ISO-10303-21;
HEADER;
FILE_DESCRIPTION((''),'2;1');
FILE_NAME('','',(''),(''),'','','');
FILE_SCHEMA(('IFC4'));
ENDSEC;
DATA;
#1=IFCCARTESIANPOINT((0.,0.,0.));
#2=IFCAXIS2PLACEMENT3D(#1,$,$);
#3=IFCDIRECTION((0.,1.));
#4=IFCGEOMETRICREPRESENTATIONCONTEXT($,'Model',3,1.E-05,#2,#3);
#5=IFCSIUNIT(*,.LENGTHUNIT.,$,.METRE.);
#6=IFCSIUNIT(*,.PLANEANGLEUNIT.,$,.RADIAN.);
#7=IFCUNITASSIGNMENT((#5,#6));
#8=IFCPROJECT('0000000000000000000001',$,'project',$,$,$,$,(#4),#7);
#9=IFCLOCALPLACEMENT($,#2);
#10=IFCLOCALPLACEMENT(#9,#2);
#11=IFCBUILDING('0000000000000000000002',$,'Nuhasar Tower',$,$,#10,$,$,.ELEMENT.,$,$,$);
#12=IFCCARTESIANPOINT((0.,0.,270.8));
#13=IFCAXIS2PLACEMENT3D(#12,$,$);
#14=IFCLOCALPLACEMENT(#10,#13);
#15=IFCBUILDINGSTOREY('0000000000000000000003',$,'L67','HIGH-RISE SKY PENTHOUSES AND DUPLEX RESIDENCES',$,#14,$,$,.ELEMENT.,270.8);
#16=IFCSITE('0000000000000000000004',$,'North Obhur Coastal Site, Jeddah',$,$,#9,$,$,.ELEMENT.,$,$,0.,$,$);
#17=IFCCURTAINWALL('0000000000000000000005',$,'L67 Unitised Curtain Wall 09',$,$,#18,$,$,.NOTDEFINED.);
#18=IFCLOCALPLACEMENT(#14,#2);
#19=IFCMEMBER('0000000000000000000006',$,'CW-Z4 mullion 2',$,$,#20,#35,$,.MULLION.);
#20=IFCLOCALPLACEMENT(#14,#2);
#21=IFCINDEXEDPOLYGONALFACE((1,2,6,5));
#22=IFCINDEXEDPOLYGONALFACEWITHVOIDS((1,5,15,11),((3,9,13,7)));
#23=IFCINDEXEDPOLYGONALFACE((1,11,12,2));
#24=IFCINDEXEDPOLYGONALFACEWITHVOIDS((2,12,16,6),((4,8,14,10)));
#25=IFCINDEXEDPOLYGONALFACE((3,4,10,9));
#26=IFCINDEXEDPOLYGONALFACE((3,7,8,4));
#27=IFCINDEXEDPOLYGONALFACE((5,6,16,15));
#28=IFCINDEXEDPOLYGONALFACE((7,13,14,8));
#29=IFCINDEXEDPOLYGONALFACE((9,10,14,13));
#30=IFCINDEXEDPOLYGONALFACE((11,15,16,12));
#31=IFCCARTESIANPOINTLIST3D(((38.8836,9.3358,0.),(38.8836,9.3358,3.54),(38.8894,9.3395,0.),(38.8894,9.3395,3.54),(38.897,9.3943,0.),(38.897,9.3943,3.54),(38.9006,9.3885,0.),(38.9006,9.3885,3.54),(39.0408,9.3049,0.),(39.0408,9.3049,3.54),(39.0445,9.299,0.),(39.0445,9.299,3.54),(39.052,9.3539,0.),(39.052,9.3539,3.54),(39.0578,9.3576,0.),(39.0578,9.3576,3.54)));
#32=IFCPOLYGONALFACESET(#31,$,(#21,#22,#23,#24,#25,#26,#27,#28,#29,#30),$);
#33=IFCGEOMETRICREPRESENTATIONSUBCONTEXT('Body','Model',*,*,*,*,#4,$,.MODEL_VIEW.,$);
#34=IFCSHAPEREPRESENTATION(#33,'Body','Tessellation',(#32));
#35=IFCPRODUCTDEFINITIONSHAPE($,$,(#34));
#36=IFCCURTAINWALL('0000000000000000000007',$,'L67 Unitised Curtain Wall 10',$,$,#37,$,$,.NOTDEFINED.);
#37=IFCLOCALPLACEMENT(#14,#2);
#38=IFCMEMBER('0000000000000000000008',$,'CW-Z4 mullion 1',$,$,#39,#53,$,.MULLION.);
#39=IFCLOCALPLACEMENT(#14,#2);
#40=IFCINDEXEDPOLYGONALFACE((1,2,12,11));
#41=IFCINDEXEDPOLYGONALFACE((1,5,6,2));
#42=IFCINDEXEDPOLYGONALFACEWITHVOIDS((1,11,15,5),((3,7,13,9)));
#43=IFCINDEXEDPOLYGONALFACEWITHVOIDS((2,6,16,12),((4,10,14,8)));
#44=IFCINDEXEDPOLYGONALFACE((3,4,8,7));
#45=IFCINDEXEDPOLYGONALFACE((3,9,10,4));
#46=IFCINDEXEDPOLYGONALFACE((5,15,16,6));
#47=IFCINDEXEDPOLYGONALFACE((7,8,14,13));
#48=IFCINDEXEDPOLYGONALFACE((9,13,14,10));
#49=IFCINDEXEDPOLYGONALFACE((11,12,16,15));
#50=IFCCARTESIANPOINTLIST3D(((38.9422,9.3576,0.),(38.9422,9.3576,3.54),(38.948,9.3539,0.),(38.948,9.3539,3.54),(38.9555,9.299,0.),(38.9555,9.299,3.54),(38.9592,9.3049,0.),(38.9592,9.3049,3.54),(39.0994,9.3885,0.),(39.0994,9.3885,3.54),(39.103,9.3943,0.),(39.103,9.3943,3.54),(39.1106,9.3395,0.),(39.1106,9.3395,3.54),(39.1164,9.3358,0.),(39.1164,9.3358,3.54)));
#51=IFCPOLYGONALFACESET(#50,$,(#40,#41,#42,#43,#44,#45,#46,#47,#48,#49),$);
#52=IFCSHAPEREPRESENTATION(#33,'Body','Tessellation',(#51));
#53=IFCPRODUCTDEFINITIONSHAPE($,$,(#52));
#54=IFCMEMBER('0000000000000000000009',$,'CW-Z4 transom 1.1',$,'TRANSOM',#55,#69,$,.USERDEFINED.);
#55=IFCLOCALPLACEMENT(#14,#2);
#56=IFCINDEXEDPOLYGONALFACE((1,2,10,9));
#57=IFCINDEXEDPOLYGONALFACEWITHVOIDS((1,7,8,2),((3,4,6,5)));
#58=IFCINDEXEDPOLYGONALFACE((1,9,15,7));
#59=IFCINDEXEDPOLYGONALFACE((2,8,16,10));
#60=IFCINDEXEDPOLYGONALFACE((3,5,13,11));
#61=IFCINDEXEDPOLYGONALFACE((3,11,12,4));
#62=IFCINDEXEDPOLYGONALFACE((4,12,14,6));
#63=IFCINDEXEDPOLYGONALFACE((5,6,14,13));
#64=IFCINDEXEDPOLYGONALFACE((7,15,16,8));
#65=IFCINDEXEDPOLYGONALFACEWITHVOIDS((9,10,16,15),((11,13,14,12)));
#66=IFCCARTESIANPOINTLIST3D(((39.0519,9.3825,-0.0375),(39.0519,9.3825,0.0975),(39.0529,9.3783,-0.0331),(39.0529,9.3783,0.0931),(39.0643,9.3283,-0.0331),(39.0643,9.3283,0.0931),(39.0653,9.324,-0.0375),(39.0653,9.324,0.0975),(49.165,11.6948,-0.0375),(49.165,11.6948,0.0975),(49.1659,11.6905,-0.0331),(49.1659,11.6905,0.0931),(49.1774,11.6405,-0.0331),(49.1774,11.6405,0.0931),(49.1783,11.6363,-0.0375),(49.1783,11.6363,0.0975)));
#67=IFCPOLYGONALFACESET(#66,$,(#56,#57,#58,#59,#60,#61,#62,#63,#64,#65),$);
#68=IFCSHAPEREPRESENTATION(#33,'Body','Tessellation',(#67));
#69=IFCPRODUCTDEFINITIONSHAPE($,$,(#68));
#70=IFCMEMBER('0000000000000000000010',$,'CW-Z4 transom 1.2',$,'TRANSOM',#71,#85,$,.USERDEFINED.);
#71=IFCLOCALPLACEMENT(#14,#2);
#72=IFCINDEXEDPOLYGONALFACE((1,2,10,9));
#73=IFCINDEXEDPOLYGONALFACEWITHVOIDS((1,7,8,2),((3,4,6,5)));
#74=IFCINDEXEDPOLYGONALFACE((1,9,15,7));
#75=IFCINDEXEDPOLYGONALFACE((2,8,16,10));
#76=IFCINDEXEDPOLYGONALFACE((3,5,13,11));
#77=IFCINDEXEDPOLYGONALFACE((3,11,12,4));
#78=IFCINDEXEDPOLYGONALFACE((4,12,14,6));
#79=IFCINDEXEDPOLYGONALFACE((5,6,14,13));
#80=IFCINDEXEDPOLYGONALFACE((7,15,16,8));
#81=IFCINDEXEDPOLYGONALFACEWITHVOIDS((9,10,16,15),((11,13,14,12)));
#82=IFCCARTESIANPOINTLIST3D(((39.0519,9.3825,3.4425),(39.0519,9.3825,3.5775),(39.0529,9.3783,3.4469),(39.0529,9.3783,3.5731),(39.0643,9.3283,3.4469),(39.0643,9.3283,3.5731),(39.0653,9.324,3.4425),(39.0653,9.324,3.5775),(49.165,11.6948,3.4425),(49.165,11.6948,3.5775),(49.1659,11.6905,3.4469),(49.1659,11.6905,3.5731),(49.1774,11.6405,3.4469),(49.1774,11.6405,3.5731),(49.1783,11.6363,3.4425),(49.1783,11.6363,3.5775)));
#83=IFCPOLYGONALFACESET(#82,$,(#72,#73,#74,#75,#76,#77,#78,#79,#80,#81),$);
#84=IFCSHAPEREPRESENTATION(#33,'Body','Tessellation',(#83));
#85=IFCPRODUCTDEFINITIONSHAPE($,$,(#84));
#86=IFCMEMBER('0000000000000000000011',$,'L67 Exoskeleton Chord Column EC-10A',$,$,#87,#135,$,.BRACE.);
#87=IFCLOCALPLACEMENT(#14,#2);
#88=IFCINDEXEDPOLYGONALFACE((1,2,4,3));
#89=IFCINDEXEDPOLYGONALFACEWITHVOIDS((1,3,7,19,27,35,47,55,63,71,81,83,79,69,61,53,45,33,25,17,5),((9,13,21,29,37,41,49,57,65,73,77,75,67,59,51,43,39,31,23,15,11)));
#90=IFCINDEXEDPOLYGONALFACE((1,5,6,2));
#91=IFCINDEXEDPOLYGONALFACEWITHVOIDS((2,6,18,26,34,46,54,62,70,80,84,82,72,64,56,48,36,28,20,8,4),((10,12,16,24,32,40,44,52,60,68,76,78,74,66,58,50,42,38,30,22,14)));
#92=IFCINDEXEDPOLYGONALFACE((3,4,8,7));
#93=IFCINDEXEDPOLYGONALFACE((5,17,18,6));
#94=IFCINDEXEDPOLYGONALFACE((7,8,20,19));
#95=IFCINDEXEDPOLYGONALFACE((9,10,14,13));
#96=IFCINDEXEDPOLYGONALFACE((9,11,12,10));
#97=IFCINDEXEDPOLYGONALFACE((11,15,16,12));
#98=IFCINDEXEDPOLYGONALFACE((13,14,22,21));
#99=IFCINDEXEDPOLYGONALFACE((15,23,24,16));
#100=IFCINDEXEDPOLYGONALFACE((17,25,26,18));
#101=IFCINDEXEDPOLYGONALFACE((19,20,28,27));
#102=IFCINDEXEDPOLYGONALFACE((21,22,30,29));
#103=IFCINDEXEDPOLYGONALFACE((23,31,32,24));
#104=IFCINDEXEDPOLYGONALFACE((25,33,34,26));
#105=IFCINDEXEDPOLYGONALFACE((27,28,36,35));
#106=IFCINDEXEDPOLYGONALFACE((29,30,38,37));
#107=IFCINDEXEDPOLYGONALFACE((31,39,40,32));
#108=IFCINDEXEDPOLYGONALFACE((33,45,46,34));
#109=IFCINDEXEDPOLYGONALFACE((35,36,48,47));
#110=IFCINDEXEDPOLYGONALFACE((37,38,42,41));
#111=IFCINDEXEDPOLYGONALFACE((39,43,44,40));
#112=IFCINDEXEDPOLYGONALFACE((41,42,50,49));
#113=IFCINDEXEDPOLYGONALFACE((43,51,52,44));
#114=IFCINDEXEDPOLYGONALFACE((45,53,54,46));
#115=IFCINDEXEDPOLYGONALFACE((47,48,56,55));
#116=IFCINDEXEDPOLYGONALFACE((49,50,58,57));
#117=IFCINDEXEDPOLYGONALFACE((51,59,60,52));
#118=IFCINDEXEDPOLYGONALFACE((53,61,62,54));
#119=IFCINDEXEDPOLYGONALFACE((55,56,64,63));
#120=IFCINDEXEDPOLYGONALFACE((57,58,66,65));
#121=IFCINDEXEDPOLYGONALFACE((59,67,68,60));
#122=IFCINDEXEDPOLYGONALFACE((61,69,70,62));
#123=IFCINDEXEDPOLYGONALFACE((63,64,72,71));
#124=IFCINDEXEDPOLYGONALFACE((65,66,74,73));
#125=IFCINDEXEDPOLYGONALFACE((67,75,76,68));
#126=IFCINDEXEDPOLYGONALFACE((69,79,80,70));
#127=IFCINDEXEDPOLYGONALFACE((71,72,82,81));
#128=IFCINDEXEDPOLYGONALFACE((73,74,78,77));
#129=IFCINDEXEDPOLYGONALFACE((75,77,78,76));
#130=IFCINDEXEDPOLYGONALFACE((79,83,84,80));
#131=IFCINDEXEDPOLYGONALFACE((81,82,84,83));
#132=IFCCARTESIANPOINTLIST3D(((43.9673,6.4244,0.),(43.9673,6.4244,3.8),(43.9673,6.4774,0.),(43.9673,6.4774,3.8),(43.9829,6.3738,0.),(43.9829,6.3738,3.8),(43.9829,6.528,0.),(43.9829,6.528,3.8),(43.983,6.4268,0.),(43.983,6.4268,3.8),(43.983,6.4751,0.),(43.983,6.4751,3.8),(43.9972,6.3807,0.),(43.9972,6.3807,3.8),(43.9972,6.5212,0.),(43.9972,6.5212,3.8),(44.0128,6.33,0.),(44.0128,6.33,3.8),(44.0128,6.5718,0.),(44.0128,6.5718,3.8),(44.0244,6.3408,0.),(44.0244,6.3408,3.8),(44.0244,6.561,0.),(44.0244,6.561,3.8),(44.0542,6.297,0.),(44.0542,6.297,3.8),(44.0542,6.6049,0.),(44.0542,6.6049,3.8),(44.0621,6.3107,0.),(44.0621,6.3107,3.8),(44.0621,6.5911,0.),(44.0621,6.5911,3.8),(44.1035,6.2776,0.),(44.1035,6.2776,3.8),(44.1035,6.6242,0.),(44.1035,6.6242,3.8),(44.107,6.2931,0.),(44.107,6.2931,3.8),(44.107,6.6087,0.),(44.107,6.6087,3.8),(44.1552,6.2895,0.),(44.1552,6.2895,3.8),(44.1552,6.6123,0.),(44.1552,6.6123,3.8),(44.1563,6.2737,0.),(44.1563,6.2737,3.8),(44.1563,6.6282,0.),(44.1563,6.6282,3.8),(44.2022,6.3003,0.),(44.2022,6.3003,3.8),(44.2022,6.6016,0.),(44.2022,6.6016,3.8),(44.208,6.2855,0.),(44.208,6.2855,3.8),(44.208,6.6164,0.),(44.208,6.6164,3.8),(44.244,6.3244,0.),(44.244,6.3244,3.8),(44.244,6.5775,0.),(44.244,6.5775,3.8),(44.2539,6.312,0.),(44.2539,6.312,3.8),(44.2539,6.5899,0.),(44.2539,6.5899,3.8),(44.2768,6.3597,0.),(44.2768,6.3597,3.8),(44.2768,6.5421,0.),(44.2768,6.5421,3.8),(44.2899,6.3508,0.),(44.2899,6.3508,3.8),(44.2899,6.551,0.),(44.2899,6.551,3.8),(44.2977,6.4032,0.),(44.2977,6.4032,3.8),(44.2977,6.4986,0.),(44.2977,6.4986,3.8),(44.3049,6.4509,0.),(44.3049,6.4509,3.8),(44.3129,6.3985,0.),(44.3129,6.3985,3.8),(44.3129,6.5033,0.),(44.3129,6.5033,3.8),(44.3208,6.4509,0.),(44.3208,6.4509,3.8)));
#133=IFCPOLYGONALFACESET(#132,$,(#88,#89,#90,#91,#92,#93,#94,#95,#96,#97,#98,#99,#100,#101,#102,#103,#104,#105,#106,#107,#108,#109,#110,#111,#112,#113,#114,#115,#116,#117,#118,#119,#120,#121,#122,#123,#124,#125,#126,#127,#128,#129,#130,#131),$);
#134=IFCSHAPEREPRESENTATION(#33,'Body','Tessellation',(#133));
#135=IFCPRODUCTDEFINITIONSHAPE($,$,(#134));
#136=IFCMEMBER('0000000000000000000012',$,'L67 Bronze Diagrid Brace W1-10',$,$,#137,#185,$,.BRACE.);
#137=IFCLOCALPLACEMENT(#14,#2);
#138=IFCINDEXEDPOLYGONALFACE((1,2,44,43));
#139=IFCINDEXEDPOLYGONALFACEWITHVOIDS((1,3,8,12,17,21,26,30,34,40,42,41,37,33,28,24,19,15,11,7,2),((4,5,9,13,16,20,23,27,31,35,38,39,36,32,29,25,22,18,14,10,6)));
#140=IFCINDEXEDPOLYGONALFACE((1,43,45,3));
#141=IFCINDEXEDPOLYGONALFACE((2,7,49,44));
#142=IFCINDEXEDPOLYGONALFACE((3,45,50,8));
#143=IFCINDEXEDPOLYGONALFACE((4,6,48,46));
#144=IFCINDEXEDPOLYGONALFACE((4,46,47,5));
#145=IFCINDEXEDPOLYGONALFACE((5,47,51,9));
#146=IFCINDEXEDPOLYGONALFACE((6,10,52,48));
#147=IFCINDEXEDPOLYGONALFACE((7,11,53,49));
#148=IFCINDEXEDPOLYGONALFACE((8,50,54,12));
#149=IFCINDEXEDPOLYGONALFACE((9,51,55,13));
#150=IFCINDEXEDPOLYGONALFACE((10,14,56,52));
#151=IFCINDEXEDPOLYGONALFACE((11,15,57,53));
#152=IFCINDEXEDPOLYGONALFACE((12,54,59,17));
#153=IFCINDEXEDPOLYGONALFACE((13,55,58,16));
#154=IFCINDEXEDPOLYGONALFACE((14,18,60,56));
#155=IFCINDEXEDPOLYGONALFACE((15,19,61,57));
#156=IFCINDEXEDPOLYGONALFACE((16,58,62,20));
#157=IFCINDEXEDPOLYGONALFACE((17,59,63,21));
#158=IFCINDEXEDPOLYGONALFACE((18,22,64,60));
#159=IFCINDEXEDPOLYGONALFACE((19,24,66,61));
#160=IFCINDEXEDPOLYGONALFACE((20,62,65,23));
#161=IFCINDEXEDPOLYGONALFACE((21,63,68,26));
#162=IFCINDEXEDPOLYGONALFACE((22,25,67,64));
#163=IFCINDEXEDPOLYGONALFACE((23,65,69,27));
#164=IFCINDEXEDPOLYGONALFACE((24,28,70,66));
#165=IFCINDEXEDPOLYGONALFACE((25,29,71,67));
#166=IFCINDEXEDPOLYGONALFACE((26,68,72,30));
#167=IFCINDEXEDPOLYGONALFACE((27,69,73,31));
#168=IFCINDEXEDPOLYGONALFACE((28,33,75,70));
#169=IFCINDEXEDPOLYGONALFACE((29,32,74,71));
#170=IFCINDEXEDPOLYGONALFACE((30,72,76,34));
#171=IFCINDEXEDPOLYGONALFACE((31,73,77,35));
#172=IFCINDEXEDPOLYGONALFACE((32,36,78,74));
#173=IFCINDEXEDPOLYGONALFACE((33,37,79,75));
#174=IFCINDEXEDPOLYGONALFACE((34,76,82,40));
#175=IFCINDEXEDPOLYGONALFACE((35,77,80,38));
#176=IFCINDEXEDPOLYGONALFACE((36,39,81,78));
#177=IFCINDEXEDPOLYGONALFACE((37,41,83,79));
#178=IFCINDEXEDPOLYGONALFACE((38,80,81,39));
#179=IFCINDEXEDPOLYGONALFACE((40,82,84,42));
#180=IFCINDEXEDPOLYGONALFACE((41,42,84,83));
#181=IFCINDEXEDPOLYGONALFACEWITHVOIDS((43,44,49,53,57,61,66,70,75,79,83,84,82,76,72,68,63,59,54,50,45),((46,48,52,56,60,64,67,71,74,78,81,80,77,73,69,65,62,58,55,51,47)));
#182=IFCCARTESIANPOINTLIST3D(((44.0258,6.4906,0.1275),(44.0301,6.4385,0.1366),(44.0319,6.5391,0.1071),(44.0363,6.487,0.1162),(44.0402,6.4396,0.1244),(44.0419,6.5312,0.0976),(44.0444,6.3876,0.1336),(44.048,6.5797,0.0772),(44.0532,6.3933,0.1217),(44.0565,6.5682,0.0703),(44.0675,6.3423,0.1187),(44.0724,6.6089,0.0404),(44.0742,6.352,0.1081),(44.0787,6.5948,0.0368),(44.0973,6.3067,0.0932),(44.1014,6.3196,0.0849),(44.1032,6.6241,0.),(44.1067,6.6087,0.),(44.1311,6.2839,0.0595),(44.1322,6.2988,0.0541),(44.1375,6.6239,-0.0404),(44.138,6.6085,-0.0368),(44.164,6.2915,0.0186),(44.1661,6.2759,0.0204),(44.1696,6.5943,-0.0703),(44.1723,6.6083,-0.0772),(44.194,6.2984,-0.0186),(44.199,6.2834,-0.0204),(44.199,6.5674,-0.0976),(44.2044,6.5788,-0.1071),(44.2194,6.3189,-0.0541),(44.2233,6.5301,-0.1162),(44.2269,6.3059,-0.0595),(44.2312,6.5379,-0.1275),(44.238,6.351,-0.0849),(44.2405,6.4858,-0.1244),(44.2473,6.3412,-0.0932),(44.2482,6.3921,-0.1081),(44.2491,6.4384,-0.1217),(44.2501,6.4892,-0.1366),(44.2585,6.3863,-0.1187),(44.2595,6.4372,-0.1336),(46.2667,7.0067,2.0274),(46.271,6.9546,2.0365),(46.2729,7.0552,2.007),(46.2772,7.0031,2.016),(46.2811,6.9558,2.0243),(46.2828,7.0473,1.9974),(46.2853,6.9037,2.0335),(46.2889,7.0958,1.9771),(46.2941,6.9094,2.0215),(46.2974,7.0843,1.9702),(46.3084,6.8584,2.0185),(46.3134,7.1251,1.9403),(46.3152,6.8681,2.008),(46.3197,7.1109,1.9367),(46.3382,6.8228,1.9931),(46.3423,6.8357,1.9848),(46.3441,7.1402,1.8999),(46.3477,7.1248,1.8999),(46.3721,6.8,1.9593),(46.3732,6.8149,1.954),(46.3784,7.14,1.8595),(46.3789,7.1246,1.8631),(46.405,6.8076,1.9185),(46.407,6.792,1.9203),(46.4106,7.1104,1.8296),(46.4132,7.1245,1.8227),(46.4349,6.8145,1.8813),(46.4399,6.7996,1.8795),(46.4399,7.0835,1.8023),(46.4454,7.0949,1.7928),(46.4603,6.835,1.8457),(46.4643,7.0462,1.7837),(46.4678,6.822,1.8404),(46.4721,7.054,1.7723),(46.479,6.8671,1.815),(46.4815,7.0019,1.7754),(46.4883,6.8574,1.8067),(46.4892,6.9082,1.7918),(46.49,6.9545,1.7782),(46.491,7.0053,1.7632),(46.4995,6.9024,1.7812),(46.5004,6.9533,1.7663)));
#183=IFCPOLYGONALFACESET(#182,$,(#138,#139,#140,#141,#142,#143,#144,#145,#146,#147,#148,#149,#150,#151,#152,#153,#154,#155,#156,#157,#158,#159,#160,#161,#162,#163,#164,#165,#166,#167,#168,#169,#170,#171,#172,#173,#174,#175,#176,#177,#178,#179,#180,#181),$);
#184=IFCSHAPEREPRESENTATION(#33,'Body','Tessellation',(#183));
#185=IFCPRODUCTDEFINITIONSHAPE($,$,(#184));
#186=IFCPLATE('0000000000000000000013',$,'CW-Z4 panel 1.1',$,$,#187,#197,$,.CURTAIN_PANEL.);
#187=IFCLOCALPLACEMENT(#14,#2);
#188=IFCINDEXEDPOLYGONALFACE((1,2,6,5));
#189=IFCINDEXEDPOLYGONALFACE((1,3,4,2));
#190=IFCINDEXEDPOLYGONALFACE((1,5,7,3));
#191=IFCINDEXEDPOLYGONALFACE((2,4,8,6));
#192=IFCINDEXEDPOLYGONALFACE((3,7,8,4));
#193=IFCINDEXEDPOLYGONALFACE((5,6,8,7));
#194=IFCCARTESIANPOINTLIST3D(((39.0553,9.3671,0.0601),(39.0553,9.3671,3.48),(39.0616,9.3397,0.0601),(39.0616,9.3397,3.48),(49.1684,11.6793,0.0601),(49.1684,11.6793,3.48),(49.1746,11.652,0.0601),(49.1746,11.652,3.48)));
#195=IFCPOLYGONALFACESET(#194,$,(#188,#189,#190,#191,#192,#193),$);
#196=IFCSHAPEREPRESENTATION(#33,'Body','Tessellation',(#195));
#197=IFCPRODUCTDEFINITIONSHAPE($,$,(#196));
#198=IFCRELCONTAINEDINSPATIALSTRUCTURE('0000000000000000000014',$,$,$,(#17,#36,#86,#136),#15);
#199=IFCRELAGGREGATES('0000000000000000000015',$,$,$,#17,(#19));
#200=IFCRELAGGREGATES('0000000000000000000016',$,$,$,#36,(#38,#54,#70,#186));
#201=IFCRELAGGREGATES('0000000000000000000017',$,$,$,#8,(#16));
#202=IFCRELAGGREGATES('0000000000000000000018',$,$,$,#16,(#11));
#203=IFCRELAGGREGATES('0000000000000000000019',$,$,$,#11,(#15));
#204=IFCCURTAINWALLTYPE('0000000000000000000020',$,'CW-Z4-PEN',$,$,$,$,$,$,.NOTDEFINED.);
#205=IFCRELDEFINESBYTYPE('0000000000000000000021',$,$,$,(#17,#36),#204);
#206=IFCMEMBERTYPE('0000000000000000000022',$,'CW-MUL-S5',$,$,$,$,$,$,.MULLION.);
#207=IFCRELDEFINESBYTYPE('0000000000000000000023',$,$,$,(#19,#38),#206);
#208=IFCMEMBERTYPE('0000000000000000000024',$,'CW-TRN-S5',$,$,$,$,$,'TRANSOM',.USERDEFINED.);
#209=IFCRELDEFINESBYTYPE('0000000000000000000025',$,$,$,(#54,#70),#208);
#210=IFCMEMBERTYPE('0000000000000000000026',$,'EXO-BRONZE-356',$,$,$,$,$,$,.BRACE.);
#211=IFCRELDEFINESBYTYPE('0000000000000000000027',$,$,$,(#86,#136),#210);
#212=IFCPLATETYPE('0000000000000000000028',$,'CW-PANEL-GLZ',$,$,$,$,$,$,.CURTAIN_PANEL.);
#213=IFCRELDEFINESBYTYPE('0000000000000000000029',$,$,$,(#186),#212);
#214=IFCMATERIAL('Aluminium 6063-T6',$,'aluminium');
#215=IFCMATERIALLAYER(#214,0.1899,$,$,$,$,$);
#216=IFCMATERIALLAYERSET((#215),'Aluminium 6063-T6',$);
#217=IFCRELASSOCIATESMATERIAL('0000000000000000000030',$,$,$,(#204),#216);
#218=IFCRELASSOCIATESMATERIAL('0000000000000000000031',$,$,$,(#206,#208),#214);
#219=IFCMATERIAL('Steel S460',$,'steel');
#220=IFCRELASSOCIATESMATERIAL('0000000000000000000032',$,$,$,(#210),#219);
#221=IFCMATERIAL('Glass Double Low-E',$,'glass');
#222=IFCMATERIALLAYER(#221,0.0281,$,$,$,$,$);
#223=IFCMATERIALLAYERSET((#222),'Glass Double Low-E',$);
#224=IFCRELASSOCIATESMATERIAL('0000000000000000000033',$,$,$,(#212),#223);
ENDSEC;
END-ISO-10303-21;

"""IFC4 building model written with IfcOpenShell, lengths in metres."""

from ifc_helpers import new_model, si_unit, direction, frame, origin, origin_2d, place, context, subcontext, project, spatial, rectangle, hollow_rectangle, hollow_circle, extrude, material, layer, layer_set, material_profile, profile_set, type_object, element, aggregate, save


model = new_model("IFC4")

# Units and contexts
model_context = context("Model", 3, precision=1e-05, world=origin(), true_north=direction((0.0, 1.0)))
body_context = subcontext(model_context, "Body", "Model", "MODEL_VIEW")
ifc_project = project(units=[si_unit("LENGTHUNIT", "METRE"), si_unit("PLANEANGLEUNIT", "RADIAN")], contexts=[model_context])

# Site, building, storey
site_placement = place(None, origin())
site = spatial("IfcSite", under=ifc_project, at=site_placement, Name="North Obhur Coastal Site, Jeddah", CompositionType="ELEMENT", RefElevation=0.0)
building_placement = place(site_placement, origin())
building = spatial("IfcBuilding", under=site, at=building_placement, Name="Nuhasar Tower", CompositionType="ELEMENT")
storey_placement = place(building_placement, frame((0.0, 0.0, 270.8)))
storey = spatial("IfcBuildingStorey", under=building, at=storey_placement, Name="L67", Description="HIGH-RISE SKY PENTHOUSES AND DUPLEX RESIDENCES", CompositionType="ELEMENT", Elevation=270.8)

# Curtain wall, member
ifc_material_1 = material(Name="Aluminium 6063-T6", Category="aluminium")
ifc_layer_1 = layer(ifc_material_1, 0.1899)
ifc_layer_set_1 = layer_set([ifc_layer_1], Name="Aluminium 6063-T6")
curtain_wall_type = type_object("IfcCurtainWallType", Name="CW-Z4-PEN", PredefinedType="NOTDEFINED", material=ifc_layer_set_1)
curtain_wall_1_placement = place(storey_placement, origin())
curtain_wall_1 = element("IfcCurtainWall", 1, at=curtain_wall_1_placement, inside=storey, type_object=curtain_wall_type, Name="L67 Unitised Curtain Wall 09", PredefinedType="NOTDEFINED")
ifc_material_profile_1 = material_profile(ifc_material_1, hollow_rectangle(XDim=0.0601, YDim=0.165, WallThickness=0.0049, at=origin_2d()), Name="CWM-5")
ifc_profile_set_1 = profile_set([ifc_material_profile_1], Name="Aluminium 6063-T6")
member_type_1 = type_object("IfcMemberType", Name="CW-MUL-S5", PredefinedType="MULLION", material=ifc_profile_set_1)
member_1_placement = place(storey_placement, frame((38.9707, 9.3467, 0.0), z_axis=(0.0, 0.0, 1.0), x_axis=(0.222889, 0.974844, 0.0)))
member_1 = element("IfcMember", 2, at=member_1_placement, type_object=member_type_1, Name="CW-Z4 mullion 2", PredefinedType="MULLION", context=body_context, shape_type="SweptSolid", body=[
    extrude(hollow_rectangle(XDim=0.0601, YDim=0.165, WallThickness=0.0049, at=origin_2d()), origin(), (0.0, 0.0, 1.0), 3.54),
])
aggregate(curtain_wall_1, [member_1])

# Curtain wall, members
curtain_wall_2_placement = place(storey_placement, origin())
curtain_wall_2 = element("IfcCurtainWall", 3, at=curtain_wall_2_placement, inside=storey, type_object=curtain_wall_type, Name="L67 Unitised Curtain Wall 10", PredefinedType="NOTDEFINED")
member_2_placement = place(storey_placement, frame((39.0293, 9.3467, 0.0), z_axis=(0.0, 0.0, 1.0), x_axis=(-0.222889, 0.974844, 0.0)))
member_2 = element("IfcMember", 4, at=member_2_placement, type_object=member_type_1, Name="CW-Z4 mullion 1", PredefinedType="MULLION", context=body_context, shape_type="SweptSolid", body=[
    extrude(hollow_rectangle(XDim=0.0601, YDim=0.165, WallThickness=0.0049, at=origin_2d()), origin(), (0.0, 0.0, 1.0), 3.54),
])
ifc_material_profile_2 = material_profile(ifc_material_1, hollow_rectangle(XDim=0.0601, YDim=0.135, WallThickness=0.0044, at=origin_2d()), Name="CWT-5")
ifc_profile_set_2 = profile_set([ifc_material_profile_2], Name="Aluminium 6063-T6")
member_type_2 = type_object("IfcMemberType", Name="CW-TRN-S5", ElementType="TRANSOM", PredefinedType="USERDEFINED", material=ifc_profile_set_2)
member_3_placement = place(storey_placement, frame((39.0586, 9.3533, 0.03), z_axis=(0.974844, 0.222889, 0.0), x_axis=(-0.222889, 0.974844, 0.0)))
member_3 = element("IfcMember", 5, at=member_3_placement, type_object=member_type_2, Name="CW-Z4 transom 1.1", ObjectType="TRANSOM", PredefinedType="USERDEFINED", context=body_context, shape_type="SweptSolid", body=[
    extrude(hollow_rectangle(XDim=0.0601, YDim=0.135, WallThickness=0.0044, at=origin_2d()), origin(), (0.0, 0.0, 1.0), 10.374),
])
member_4_placement = place(storey_placement, frame((39.0586, 9.3533, 3.51), z_axis=(0.974844, 0.222889, 0.0), x_axis=(-0.222889, 0.974844, 0.0)))
member_4 = element("IfcMember", 6, at=member_4_placement, type_object=member_type_2, Name="CW-Z4 transom 1.2", ObjectType="TRANSOM", PredefinedType="USERDEFINED", context=body_context, shape_type="SweptSolid", body=[
    extrude(hollow_rectangle(XDim=0.0601, YDim=0.135, WallThickness=0.0044, at=origin_2d()), origin(), (0.0, 0.0, 1.0), 10.374),
])

# Members
ifc_material_2 = material(Name="Steel S460", Category="steel")
ifc_material_profile_3 = material_profile(ifc_material_2, hollow_circle(Radius=0.1777, WallThickness=0.0159, at=origin_2d()), Name="HSS355.6X15.9")
ifc_profile_set_3 = profile_set([ifc_material_profile_3], Name="Steel S460")
member_type_3 = type_object("IfcMemberType", Name="EXO-BRONZE-356", PredefinedType="BRACE", material=ifc_profile_set_3)
member_5_placement = place(storey_placement, frame((44.1431, 6.4509, 0.0), z_axis=(0.0, 0.0, 1.0), x_axis=(1.0, 0.0, 0.0)))
element("IfcMember", 7, at=member_5_placement, inside=storey, type_object=member_type_3, Name="L67 Exoskeleton Chord Column EC-10A", PredefinedType="BRACE", context=body_context, shape_type="SweptSolid", body=[
    extrude(hollow_circle(Radius=0.1777, WallThickness=0.0159, at=origin_2d()), origin(), (0.0, 0.0, 1.0), 3.8),
])
member_6_placement = place(storey_placement, frame((44.1431, 6.4509, 0.0), z_axis=(0.751261, 0.173022, 0.636923), x_axis=(-0.224433, 0.97449, 0.0)))
element("IfcMember", 8, at=member_6_placement, inside=storey, type_object=member_type_3, Name="L67 Bronze Diagrid Brace W1-10", PredefinedType="BRACE", context=body_context, shape_type="SweptSolid", body=[
    extrude(hollow_circle(Radius=0.1777, WallThickness=0.0159, at=origin_2d()), origin(), (0.0, 0.0, 1.0), 2.9829),
])

# Plate
ifc_material_3 = material(Name="Glass Double Low-E", Category="glass")
ifc_layer_2 = layer(ifc_material_3, 0.0281)
ifc_layer_set_2 = layer_set([ifc_layer_2], Name="Glass Double Low-E")
plate_type = type_object("IfcPlateType", Name="CW-PANEL-GLZ", PredefinedType="CURTAIN_PANEL", material=ifc_layer_set_2)
plate_placement = place(storey_placement, frame((44.115, 10.5095, 0.0601), z_axis=(0.0, 0.0, 1.0), x_axis=(0.974844, 0.222889, 0.0)))
plate = element("IfcPlate", 9, at=plate_placement, type_object=plate_type, Name="CW-Z4 panel 1.1", PredefinedType="CURTAIN_PANEL", context=body_context, shape_type="SweptSolid", body=[
    extrude(rectangle(XDim=10.374, YDim=0.0281, at=origin_2d()), origin(), (0.0, 0.0, 1.0), 3.4199),
])
aggregate(curtain_wall_2, [member_2, member_3, member_4, plate])

save(model, "model.ifc")
